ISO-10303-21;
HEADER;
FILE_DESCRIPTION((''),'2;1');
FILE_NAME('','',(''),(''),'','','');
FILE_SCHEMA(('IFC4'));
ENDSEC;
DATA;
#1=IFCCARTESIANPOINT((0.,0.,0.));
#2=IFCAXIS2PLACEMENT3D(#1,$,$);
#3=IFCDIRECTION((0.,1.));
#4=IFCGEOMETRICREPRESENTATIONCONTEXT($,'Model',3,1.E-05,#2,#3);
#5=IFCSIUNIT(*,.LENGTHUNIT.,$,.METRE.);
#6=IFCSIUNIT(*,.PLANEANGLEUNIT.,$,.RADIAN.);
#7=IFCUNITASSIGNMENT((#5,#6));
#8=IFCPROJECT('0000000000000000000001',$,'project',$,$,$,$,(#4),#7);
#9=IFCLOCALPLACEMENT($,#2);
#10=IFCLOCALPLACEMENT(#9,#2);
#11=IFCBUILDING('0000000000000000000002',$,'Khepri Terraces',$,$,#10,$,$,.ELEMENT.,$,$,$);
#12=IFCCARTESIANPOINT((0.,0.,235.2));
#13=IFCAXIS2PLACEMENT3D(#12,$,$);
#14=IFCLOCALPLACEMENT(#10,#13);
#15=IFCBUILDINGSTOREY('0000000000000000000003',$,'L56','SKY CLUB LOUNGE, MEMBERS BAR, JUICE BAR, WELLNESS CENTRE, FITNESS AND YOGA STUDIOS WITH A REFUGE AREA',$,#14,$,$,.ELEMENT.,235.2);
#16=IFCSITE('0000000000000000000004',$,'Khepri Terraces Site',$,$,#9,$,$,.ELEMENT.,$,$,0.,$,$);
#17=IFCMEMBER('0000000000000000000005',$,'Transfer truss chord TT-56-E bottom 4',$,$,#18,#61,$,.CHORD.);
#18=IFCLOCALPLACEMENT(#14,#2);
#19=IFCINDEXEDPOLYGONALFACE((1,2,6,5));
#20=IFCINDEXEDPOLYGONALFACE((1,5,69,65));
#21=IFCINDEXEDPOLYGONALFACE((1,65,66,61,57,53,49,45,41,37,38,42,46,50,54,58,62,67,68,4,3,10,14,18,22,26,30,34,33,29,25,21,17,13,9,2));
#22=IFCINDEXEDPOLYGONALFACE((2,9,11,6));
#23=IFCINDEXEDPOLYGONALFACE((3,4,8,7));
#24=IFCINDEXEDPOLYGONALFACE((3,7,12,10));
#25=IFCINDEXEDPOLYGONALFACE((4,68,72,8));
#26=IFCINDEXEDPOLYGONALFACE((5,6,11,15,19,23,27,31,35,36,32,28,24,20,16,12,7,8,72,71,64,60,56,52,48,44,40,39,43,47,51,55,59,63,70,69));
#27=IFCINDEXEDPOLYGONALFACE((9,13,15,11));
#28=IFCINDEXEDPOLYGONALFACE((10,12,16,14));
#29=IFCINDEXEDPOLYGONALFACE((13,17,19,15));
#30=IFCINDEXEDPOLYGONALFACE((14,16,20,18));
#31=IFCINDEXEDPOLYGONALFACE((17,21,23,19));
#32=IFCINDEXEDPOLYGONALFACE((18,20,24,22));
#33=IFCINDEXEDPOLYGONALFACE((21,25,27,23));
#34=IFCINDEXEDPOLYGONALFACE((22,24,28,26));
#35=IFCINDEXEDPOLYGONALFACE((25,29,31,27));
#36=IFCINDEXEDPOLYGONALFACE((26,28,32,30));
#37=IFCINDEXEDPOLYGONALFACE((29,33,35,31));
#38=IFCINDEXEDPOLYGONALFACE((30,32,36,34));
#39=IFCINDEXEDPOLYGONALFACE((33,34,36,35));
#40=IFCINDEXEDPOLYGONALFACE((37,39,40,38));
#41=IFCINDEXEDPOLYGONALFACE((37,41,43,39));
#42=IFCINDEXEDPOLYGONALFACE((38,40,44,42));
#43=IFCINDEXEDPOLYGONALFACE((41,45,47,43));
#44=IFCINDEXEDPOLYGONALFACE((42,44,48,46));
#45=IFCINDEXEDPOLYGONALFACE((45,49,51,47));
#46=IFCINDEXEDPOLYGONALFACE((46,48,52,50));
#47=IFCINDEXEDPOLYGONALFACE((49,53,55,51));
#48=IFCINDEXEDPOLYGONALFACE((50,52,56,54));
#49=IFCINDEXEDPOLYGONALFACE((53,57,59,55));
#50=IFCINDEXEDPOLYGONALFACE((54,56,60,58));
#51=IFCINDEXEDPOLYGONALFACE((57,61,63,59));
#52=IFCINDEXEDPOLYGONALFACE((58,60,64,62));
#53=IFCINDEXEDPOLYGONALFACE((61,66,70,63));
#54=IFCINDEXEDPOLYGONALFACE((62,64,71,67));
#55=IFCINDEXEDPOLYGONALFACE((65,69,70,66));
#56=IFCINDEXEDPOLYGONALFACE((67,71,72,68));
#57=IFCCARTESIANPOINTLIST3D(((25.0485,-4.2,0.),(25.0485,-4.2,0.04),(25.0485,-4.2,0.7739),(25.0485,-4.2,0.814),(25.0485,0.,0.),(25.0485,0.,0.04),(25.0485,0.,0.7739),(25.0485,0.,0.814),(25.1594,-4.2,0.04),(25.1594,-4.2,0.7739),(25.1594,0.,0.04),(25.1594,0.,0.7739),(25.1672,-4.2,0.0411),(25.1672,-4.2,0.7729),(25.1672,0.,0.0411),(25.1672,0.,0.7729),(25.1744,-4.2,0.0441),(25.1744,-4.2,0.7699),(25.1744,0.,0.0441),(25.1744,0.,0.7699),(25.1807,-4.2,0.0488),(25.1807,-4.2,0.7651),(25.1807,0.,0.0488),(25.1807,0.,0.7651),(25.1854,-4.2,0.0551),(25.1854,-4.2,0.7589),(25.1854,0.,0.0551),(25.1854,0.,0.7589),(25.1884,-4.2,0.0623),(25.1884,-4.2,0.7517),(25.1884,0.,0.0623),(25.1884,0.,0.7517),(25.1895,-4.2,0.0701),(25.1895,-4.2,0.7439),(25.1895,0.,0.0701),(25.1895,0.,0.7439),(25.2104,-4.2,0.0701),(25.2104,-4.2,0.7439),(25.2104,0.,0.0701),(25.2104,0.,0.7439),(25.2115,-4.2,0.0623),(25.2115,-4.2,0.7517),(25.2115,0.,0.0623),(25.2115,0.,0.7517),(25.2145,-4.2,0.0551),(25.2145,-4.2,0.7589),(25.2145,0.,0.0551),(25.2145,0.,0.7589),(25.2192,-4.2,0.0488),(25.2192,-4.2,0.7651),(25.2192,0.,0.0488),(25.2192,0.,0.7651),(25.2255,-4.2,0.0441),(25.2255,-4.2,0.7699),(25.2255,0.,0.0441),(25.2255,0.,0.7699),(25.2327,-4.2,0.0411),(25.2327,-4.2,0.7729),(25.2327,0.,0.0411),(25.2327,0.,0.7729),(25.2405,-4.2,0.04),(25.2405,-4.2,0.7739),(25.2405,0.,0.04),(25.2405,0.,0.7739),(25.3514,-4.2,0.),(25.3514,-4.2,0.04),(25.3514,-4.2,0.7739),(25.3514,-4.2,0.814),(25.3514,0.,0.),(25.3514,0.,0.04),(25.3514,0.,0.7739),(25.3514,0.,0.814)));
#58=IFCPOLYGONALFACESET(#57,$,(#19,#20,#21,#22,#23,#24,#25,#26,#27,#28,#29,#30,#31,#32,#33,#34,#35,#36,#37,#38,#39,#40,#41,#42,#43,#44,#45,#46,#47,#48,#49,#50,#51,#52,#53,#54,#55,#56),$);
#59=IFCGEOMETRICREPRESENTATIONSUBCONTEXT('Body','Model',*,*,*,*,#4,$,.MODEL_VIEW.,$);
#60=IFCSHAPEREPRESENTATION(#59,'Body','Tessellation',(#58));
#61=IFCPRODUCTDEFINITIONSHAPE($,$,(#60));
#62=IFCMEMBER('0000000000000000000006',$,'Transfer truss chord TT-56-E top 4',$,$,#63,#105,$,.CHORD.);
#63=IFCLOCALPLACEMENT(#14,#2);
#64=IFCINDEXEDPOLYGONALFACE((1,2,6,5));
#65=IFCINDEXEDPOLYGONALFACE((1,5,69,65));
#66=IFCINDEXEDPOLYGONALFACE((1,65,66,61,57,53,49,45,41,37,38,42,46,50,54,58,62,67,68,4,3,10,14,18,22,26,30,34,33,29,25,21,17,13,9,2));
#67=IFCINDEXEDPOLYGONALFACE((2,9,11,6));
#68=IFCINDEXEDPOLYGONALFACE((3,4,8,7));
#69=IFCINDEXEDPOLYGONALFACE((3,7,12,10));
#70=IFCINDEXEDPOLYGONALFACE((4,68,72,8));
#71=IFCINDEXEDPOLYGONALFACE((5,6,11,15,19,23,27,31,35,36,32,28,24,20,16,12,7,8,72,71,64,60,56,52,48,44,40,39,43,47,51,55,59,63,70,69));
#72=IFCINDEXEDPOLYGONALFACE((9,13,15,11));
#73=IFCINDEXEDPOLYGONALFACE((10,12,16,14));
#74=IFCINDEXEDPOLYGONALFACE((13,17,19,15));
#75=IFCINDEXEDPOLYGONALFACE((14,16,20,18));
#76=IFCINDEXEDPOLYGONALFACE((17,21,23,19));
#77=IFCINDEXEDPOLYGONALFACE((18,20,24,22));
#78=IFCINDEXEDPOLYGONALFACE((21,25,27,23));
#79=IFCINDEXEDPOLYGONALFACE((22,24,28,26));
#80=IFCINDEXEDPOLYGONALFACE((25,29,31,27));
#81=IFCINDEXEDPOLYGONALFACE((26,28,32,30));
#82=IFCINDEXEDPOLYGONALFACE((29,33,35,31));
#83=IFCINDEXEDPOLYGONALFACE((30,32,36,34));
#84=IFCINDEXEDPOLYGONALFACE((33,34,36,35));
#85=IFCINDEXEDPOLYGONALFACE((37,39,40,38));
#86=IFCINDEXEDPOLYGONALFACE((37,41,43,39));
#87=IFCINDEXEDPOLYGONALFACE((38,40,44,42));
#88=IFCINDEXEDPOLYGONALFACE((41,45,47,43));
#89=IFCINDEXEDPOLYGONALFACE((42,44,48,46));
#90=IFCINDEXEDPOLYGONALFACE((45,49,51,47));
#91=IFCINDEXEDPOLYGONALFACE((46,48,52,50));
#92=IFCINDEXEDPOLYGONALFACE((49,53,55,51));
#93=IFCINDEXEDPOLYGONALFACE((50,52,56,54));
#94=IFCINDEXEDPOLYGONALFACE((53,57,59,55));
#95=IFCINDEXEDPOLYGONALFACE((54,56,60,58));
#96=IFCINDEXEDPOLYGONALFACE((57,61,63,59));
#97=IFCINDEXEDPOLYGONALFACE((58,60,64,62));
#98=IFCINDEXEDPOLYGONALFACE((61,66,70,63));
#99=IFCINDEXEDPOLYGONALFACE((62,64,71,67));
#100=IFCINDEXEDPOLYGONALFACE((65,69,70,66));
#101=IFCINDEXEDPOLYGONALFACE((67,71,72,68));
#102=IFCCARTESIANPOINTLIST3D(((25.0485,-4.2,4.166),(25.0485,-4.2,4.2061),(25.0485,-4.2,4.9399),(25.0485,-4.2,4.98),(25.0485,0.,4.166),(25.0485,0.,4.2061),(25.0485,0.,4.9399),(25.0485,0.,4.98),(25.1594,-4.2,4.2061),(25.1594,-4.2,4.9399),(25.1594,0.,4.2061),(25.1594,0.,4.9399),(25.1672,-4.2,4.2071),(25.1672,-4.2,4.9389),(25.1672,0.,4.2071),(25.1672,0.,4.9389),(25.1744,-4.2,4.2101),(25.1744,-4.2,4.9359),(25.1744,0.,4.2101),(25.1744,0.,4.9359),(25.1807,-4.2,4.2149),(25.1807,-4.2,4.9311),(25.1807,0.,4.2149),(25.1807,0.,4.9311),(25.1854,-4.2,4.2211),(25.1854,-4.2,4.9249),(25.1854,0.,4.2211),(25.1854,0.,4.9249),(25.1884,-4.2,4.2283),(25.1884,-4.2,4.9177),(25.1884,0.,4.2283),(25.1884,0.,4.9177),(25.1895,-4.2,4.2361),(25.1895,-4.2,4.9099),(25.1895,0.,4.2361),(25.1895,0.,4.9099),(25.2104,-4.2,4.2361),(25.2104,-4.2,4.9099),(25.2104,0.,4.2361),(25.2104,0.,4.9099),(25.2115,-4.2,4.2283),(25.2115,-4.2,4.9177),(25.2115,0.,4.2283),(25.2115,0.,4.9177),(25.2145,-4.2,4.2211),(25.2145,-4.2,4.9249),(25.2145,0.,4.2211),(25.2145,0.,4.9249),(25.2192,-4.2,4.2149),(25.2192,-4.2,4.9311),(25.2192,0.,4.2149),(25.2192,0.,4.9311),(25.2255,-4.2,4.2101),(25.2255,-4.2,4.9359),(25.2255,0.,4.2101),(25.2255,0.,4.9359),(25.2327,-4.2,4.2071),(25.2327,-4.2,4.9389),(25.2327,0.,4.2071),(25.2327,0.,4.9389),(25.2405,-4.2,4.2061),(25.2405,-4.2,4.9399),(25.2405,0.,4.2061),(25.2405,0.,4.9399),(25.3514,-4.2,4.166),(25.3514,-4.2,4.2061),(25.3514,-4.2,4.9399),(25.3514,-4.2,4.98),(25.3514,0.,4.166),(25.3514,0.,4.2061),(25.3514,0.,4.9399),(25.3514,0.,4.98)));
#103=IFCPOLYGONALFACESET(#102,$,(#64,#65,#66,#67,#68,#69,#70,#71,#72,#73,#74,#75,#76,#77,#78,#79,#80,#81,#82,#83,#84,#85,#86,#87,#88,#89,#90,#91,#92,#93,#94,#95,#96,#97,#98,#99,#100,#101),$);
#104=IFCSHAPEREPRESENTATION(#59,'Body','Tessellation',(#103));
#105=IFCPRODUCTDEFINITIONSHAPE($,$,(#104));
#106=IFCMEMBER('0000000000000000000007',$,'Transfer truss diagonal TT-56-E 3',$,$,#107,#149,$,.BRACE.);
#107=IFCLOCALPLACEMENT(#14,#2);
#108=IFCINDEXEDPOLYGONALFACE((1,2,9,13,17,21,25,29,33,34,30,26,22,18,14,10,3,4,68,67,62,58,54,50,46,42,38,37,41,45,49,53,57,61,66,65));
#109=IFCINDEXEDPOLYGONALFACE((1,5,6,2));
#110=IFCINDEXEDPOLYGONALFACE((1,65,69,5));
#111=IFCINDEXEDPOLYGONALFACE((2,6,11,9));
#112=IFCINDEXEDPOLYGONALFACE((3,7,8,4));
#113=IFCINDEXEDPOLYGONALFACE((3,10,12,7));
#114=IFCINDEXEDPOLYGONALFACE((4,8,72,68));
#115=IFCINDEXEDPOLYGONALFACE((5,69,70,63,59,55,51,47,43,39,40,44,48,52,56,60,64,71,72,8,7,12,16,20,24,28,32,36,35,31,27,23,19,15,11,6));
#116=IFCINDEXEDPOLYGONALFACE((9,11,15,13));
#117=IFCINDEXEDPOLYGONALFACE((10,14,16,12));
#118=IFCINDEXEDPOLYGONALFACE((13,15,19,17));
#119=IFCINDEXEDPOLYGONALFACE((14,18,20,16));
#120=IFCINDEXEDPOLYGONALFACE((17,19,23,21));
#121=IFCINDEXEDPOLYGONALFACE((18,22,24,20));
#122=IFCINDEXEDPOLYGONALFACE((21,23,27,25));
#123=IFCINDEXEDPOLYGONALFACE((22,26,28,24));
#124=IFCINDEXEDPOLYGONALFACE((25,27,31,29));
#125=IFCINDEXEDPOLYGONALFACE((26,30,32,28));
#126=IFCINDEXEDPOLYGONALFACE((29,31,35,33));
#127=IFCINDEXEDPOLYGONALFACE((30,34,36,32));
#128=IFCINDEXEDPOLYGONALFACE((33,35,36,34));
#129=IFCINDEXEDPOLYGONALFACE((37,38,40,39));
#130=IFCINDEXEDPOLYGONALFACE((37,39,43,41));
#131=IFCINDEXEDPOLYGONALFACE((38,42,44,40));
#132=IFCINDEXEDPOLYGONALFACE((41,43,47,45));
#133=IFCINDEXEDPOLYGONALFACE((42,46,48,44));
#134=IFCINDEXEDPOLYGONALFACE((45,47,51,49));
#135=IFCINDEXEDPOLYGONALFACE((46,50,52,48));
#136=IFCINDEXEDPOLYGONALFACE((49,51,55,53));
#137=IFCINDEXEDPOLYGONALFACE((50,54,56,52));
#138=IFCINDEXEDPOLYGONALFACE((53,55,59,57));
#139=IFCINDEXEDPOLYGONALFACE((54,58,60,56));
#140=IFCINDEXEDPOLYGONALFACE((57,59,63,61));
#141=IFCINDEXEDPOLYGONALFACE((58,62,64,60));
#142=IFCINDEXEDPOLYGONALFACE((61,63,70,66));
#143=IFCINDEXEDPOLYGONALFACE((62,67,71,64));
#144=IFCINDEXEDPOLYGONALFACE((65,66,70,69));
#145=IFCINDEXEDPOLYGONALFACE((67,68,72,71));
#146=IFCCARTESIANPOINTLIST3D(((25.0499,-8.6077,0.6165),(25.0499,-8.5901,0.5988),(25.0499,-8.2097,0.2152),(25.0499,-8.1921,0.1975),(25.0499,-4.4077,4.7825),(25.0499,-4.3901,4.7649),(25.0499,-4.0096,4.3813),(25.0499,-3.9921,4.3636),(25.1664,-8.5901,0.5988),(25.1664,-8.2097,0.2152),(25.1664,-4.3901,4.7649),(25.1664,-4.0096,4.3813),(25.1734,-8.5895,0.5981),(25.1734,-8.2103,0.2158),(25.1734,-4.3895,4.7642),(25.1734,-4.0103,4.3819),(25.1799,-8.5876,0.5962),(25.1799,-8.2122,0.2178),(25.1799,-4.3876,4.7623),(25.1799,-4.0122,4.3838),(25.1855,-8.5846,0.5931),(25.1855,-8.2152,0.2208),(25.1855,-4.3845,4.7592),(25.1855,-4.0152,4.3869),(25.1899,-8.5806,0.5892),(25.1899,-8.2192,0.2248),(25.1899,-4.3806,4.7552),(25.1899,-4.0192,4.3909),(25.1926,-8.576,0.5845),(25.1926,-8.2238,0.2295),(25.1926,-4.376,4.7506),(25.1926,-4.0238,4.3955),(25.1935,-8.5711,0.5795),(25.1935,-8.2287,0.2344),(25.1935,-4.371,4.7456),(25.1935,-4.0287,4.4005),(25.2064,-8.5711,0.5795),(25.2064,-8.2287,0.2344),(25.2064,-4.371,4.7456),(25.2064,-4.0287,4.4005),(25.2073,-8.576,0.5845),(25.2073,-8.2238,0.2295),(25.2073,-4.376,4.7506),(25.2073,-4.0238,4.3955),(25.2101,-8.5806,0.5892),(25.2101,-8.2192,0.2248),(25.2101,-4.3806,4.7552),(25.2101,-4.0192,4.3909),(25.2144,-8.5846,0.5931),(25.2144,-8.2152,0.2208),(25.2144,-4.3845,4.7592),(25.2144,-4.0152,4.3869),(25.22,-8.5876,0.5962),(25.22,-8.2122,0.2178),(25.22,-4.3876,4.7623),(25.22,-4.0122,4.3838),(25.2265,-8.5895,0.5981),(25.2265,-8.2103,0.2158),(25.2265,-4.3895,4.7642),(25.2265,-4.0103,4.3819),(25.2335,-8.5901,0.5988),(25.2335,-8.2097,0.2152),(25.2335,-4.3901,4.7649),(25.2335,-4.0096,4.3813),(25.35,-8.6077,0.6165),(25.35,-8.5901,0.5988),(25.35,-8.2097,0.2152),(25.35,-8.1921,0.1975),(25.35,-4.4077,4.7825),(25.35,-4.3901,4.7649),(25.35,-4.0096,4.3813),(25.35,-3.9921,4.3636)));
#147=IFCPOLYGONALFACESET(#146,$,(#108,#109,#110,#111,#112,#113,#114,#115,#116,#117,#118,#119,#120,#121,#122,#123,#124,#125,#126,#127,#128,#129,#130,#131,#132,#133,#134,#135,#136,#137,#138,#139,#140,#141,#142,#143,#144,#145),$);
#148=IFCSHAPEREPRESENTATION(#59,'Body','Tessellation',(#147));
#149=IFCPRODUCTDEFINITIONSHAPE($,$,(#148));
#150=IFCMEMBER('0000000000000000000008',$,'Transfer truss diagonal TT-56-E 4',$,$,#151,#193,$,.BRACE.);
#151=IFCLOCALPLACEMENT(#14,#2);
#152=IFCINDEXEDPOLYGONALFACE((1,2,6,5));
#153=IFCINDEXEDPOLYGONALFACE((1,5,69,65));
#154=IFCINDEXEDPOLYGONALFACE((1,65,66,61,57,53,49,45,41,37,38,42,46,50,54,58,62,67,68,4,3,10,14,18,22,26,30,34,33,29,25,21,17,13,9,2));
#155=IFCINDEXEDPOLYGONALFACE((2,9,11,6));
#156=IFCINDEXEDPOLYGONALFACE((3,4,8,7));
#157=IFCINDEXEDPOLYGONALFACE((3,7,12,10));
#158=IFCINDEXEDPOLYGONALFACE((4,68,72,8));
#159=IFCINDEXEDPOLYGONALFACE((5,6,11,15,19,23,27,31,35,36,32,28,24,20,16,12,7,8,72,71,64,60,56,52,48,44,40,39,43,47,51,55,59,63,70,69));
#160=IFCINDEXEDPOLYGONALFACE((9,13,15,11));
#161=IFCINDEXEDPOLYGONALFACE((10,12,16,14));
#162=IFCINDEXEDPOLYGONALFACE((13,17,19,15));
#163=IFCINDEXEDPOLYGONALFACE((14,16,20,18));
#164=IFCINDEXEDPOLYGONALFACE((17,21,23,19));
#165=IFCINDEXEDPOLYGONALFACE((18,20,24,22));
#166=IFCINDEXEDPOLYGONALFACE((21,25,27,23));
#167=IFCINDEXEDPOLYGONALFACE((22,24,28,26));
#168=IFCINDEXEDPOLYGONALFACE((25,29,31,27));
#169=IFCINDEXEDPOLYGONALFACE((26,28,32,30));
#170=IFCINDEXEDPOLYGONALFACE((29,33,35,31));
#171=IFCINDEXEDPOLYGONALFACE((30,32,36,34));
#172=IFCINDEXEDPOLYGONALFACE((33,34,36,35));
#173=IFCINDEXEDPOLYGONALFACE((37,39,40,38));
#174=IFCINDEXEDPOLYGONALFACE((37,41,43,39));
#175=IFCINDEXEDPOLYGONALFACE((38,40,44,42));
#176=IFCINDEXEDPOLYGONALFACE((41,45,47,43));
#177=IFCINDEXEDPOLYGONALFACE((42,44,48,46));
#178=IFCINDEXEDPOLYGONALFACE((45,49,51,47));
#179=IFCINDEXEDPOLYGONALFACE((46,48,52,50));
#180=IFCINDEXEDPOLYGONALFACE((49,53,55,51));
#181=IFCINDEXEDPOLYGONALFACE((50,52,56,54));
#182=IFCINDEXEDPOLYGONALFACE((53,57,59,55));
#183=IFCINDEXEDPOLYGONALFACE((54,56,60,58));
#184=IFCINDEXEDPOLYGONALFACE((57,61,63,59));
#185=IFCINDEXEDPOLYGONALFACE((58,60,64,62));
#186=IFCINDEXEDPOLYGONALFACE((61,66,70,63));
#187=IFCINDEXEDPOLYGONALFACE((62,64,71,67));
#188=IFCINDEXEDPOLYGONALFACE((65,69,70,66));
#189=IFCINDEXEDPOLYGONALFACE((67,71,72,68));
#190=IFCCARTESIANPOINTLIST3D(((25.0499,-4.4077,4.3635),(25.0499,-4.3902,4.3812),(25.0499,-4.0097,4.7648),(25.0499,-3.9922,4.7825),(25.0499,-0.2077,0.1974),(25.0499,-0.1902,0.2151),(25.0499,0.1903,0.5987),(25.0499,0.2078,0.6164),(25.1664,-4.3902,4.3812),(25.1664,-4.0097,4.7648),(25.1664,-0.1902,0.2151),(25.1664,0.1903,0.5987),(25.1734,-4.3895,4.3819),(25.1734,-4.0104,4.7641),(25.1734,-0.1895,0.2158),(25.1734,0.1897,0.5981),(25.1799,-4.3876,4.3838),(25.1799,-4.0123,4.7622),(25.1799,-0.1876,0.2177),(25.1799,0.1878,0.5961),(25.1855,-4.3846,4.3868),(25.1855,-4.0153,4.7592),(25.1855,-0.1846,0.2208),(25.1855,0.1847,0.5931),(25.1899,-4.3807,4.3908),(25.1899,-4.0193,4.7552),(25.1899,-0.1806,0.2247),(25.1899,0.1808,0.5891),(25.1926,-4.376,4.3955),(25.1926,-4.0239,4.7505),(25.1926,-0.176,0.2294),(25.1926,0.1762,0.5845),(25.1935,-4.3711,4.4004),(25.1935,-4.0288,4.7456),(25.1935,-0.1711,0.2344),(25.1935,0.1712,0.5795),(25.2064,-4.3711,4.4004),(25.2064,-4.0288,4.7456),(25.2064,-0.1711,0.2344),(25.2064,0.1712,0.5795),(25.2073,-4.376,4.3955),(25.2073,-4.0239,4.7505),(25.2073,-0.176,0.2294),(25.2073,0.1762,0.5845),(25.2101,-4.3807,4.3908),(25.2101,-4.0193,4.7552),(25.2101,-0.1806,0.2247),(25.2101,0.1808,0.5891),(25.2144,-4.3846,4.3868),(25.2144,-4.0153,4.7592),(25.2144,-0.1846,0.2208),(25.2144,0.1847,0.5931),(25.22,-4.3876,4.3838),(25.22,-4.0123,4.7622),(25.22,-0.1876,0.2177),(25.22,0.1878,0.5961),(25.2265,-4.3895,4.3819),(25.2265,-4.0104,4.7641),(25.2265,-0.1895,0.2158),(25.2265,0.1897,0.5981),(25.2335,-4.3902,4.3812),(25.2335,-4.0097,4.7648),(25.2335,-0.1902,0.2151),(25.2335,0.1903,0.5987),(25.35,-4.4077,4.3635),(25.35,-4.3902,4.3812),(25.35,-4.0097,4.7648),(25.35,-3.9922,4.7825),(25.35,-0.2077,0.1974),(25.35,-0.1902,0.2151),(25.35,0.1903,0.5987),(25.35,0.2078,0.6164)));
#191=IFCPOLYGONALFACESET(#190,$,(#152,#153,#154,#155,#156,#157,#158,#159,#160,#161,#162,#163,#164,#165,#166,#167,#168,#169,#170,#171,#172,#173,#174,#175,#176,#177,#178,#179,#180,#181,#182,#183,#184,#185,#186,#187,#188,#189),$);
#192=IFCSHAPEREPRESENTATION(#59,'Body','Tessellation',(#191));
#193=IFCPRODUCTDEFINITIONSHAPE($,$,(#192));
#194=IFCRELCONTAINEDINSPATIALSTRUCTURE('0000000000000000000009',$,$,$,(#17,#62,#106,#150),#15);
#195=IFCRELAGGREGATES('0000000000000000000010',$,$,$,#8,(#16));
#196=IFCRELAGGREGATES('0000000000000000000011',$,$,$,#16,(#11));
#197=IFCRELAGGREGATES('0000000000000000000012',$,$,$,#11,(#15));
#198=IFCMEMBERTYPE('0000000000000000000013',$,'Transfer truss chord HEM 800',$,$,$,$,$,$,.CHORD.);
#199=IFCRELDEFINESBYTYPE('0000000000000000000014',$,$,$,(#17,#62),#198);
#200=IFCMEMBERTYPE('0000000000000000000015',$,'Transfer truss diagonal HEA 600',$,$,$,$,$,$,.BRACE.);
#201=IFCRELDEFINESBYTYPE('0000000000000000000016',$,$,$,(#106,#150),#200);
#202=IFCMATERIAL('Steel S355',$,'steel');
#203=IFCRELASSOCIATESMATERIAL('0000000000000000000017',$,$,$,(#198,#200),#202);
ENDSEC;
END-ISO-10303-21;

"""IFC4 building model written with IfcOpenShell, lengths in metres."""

from ifc_helpers import new_model, si_unit, direction, frame, origin, origin_2d, place, context, subcontext, project, spatial, i_section, extrude, material, material_profile, profile_set, type_object, element, save


model = new_model("IFC4")

# Units and contexts
model_context = context("Model", 3, precision=1e-05, world=origin(), true_north=direction((0.0, 1.0)))
body_context = subcontext(model_context, "Body", "Model", "MODEL_VIEW")
ifc_project = project(units=[si_unit("LENGTHUNIT", "METRE"), si_unit("PLANEANGLEUNIT", "RADIAN")], contexts=[model_context])

# Site, building, storey
site_placement = place(None, origin())
site = spatial("IfcSite", under=ifc_project, at=site_placement, Name="Khepri Terraces Site", CompositionType="ELEMENT", RefElevation=0.0)
building_placement = place(site_placement, origin())
building = spatial("IfcBuilding", under=site, at=building_placement, Name="Khepri Terraces", CompositionType="ELEMENT")
storey_placement = place(building_placement, frame((0.0, 0.0, 235.2)))
storey = spatial("IfcBuildingStorey", under=building, at=storey_placement, Name="L56", Description="SKY CLUB LOUNGE, MEMBERS BAR, JUICE BAR, WELLNESS CENTRE, FITNESS AND YOGA STUDIOS WITH A REFUGE AREA", CompositionType="ELEMENT", Elevation=235.2)

# Members
ifc_material_1 = material(Name="Steel S355", Category="steel")
ifc_material_profile_1 = material_profile(ifc_material_1, i_section(OverallWidth=0.303, OverallDepth=0.814, WebThickness=0.021, FlangeThickness=0.04, FilletRadius=0.03, at=origin_2d()), Name="Steel S355", Category="steel")
ifc_profile_set_1 = profile_set([ifc_material_profile_1], Name="Steel S355")
member_type_1 = type_object("IfcMemberType", Name="Transfer truss chord HEM 800", PredefinedType="CHORD", material=ifc_profile_set_1)
for number, where, z_axis, x_axis, name in (
    (1, (25.2, -4.2, 0.407), (0.0, 1.0, 0.0), (-1.0, 0.0, 0.0), "Transfer truss chord TT-56-E bottom 4"),
    (2, (25.2, -4.2, 4.573), (0.0, 1.0, 0.0), (-1.0, 0.0, 0.0), "Transfer truss chord TT-56-E top 4"),
):
    element("IfcMember", number, at=place(storey_placement, frame(where, z_axis=z_axis, x_axis=x_axis)), inside=storey, type_object=member_type_1, Name=name, PredefinedType="CHORD", context=body_context, shape_type="SweptSolid", body=[
        extrude(i_section(OverallWidth=0.303, OverallDepth=0.814, WebThickness=0.021, FlangeThickness=0.04, FilletRadius=0.03, at=origin_2d()), origin(), (0.0, 0.0, 1.0), 4.2),
    ])
ifc_material_profile_2 = material_profile(ifc_material_1, i_section(OverallWidth=0.3, OverallDepth=0.5901, WebThickness=0.0129, FlangeThickness=0.0249, FilletRadius=0.0271, at=origin_2d()), Name="Steel S355", Category="steel")
ifc_profile_set_2 = profile_set([ifc_material_profile_2], Name="Steel S355")
member_type_2 = type_object("IfcMemberType", Name="Transfer truss diagonal HEA 600", PredefinedType="BRACE", material=ifc_profile_set_2)
for number, where, z_axis, x_axis, name in (
    (3, (25.2, -8.3999, 0.407), (0.0, 0.709969, 0.704233), (-1.0, 0.0, 0.0), "Transfer truss diagonal TT-56-E 3"),
    (4, (25.2, -4.2, 4.573), (0.0, 0.709969, -0.704233), (-1.0, 0.0, 0.0), "Transfer truss diagonal TT-56-E 4"),
):
    element("IfcMember", number, at=place(storey_placement, frame(where, z_axis=z_axis, x_axis=x_axis)), inside=storey, type_object=member_type_2, Name=name, PredefinedType="BRACE", context=body_context, shape_type="SweptSolid", body=[
        extrude(i_section(OverallWidth=0.3, OverallDepth=0.5901, WebThickness=0.0129, FlangeThickness=0.0249, FilletRadius=0.0271, at=origin_2d()), origin(), (0.0, 0.0, 1.0), 5.9158),
    ])

save(model, "model.ifc")
